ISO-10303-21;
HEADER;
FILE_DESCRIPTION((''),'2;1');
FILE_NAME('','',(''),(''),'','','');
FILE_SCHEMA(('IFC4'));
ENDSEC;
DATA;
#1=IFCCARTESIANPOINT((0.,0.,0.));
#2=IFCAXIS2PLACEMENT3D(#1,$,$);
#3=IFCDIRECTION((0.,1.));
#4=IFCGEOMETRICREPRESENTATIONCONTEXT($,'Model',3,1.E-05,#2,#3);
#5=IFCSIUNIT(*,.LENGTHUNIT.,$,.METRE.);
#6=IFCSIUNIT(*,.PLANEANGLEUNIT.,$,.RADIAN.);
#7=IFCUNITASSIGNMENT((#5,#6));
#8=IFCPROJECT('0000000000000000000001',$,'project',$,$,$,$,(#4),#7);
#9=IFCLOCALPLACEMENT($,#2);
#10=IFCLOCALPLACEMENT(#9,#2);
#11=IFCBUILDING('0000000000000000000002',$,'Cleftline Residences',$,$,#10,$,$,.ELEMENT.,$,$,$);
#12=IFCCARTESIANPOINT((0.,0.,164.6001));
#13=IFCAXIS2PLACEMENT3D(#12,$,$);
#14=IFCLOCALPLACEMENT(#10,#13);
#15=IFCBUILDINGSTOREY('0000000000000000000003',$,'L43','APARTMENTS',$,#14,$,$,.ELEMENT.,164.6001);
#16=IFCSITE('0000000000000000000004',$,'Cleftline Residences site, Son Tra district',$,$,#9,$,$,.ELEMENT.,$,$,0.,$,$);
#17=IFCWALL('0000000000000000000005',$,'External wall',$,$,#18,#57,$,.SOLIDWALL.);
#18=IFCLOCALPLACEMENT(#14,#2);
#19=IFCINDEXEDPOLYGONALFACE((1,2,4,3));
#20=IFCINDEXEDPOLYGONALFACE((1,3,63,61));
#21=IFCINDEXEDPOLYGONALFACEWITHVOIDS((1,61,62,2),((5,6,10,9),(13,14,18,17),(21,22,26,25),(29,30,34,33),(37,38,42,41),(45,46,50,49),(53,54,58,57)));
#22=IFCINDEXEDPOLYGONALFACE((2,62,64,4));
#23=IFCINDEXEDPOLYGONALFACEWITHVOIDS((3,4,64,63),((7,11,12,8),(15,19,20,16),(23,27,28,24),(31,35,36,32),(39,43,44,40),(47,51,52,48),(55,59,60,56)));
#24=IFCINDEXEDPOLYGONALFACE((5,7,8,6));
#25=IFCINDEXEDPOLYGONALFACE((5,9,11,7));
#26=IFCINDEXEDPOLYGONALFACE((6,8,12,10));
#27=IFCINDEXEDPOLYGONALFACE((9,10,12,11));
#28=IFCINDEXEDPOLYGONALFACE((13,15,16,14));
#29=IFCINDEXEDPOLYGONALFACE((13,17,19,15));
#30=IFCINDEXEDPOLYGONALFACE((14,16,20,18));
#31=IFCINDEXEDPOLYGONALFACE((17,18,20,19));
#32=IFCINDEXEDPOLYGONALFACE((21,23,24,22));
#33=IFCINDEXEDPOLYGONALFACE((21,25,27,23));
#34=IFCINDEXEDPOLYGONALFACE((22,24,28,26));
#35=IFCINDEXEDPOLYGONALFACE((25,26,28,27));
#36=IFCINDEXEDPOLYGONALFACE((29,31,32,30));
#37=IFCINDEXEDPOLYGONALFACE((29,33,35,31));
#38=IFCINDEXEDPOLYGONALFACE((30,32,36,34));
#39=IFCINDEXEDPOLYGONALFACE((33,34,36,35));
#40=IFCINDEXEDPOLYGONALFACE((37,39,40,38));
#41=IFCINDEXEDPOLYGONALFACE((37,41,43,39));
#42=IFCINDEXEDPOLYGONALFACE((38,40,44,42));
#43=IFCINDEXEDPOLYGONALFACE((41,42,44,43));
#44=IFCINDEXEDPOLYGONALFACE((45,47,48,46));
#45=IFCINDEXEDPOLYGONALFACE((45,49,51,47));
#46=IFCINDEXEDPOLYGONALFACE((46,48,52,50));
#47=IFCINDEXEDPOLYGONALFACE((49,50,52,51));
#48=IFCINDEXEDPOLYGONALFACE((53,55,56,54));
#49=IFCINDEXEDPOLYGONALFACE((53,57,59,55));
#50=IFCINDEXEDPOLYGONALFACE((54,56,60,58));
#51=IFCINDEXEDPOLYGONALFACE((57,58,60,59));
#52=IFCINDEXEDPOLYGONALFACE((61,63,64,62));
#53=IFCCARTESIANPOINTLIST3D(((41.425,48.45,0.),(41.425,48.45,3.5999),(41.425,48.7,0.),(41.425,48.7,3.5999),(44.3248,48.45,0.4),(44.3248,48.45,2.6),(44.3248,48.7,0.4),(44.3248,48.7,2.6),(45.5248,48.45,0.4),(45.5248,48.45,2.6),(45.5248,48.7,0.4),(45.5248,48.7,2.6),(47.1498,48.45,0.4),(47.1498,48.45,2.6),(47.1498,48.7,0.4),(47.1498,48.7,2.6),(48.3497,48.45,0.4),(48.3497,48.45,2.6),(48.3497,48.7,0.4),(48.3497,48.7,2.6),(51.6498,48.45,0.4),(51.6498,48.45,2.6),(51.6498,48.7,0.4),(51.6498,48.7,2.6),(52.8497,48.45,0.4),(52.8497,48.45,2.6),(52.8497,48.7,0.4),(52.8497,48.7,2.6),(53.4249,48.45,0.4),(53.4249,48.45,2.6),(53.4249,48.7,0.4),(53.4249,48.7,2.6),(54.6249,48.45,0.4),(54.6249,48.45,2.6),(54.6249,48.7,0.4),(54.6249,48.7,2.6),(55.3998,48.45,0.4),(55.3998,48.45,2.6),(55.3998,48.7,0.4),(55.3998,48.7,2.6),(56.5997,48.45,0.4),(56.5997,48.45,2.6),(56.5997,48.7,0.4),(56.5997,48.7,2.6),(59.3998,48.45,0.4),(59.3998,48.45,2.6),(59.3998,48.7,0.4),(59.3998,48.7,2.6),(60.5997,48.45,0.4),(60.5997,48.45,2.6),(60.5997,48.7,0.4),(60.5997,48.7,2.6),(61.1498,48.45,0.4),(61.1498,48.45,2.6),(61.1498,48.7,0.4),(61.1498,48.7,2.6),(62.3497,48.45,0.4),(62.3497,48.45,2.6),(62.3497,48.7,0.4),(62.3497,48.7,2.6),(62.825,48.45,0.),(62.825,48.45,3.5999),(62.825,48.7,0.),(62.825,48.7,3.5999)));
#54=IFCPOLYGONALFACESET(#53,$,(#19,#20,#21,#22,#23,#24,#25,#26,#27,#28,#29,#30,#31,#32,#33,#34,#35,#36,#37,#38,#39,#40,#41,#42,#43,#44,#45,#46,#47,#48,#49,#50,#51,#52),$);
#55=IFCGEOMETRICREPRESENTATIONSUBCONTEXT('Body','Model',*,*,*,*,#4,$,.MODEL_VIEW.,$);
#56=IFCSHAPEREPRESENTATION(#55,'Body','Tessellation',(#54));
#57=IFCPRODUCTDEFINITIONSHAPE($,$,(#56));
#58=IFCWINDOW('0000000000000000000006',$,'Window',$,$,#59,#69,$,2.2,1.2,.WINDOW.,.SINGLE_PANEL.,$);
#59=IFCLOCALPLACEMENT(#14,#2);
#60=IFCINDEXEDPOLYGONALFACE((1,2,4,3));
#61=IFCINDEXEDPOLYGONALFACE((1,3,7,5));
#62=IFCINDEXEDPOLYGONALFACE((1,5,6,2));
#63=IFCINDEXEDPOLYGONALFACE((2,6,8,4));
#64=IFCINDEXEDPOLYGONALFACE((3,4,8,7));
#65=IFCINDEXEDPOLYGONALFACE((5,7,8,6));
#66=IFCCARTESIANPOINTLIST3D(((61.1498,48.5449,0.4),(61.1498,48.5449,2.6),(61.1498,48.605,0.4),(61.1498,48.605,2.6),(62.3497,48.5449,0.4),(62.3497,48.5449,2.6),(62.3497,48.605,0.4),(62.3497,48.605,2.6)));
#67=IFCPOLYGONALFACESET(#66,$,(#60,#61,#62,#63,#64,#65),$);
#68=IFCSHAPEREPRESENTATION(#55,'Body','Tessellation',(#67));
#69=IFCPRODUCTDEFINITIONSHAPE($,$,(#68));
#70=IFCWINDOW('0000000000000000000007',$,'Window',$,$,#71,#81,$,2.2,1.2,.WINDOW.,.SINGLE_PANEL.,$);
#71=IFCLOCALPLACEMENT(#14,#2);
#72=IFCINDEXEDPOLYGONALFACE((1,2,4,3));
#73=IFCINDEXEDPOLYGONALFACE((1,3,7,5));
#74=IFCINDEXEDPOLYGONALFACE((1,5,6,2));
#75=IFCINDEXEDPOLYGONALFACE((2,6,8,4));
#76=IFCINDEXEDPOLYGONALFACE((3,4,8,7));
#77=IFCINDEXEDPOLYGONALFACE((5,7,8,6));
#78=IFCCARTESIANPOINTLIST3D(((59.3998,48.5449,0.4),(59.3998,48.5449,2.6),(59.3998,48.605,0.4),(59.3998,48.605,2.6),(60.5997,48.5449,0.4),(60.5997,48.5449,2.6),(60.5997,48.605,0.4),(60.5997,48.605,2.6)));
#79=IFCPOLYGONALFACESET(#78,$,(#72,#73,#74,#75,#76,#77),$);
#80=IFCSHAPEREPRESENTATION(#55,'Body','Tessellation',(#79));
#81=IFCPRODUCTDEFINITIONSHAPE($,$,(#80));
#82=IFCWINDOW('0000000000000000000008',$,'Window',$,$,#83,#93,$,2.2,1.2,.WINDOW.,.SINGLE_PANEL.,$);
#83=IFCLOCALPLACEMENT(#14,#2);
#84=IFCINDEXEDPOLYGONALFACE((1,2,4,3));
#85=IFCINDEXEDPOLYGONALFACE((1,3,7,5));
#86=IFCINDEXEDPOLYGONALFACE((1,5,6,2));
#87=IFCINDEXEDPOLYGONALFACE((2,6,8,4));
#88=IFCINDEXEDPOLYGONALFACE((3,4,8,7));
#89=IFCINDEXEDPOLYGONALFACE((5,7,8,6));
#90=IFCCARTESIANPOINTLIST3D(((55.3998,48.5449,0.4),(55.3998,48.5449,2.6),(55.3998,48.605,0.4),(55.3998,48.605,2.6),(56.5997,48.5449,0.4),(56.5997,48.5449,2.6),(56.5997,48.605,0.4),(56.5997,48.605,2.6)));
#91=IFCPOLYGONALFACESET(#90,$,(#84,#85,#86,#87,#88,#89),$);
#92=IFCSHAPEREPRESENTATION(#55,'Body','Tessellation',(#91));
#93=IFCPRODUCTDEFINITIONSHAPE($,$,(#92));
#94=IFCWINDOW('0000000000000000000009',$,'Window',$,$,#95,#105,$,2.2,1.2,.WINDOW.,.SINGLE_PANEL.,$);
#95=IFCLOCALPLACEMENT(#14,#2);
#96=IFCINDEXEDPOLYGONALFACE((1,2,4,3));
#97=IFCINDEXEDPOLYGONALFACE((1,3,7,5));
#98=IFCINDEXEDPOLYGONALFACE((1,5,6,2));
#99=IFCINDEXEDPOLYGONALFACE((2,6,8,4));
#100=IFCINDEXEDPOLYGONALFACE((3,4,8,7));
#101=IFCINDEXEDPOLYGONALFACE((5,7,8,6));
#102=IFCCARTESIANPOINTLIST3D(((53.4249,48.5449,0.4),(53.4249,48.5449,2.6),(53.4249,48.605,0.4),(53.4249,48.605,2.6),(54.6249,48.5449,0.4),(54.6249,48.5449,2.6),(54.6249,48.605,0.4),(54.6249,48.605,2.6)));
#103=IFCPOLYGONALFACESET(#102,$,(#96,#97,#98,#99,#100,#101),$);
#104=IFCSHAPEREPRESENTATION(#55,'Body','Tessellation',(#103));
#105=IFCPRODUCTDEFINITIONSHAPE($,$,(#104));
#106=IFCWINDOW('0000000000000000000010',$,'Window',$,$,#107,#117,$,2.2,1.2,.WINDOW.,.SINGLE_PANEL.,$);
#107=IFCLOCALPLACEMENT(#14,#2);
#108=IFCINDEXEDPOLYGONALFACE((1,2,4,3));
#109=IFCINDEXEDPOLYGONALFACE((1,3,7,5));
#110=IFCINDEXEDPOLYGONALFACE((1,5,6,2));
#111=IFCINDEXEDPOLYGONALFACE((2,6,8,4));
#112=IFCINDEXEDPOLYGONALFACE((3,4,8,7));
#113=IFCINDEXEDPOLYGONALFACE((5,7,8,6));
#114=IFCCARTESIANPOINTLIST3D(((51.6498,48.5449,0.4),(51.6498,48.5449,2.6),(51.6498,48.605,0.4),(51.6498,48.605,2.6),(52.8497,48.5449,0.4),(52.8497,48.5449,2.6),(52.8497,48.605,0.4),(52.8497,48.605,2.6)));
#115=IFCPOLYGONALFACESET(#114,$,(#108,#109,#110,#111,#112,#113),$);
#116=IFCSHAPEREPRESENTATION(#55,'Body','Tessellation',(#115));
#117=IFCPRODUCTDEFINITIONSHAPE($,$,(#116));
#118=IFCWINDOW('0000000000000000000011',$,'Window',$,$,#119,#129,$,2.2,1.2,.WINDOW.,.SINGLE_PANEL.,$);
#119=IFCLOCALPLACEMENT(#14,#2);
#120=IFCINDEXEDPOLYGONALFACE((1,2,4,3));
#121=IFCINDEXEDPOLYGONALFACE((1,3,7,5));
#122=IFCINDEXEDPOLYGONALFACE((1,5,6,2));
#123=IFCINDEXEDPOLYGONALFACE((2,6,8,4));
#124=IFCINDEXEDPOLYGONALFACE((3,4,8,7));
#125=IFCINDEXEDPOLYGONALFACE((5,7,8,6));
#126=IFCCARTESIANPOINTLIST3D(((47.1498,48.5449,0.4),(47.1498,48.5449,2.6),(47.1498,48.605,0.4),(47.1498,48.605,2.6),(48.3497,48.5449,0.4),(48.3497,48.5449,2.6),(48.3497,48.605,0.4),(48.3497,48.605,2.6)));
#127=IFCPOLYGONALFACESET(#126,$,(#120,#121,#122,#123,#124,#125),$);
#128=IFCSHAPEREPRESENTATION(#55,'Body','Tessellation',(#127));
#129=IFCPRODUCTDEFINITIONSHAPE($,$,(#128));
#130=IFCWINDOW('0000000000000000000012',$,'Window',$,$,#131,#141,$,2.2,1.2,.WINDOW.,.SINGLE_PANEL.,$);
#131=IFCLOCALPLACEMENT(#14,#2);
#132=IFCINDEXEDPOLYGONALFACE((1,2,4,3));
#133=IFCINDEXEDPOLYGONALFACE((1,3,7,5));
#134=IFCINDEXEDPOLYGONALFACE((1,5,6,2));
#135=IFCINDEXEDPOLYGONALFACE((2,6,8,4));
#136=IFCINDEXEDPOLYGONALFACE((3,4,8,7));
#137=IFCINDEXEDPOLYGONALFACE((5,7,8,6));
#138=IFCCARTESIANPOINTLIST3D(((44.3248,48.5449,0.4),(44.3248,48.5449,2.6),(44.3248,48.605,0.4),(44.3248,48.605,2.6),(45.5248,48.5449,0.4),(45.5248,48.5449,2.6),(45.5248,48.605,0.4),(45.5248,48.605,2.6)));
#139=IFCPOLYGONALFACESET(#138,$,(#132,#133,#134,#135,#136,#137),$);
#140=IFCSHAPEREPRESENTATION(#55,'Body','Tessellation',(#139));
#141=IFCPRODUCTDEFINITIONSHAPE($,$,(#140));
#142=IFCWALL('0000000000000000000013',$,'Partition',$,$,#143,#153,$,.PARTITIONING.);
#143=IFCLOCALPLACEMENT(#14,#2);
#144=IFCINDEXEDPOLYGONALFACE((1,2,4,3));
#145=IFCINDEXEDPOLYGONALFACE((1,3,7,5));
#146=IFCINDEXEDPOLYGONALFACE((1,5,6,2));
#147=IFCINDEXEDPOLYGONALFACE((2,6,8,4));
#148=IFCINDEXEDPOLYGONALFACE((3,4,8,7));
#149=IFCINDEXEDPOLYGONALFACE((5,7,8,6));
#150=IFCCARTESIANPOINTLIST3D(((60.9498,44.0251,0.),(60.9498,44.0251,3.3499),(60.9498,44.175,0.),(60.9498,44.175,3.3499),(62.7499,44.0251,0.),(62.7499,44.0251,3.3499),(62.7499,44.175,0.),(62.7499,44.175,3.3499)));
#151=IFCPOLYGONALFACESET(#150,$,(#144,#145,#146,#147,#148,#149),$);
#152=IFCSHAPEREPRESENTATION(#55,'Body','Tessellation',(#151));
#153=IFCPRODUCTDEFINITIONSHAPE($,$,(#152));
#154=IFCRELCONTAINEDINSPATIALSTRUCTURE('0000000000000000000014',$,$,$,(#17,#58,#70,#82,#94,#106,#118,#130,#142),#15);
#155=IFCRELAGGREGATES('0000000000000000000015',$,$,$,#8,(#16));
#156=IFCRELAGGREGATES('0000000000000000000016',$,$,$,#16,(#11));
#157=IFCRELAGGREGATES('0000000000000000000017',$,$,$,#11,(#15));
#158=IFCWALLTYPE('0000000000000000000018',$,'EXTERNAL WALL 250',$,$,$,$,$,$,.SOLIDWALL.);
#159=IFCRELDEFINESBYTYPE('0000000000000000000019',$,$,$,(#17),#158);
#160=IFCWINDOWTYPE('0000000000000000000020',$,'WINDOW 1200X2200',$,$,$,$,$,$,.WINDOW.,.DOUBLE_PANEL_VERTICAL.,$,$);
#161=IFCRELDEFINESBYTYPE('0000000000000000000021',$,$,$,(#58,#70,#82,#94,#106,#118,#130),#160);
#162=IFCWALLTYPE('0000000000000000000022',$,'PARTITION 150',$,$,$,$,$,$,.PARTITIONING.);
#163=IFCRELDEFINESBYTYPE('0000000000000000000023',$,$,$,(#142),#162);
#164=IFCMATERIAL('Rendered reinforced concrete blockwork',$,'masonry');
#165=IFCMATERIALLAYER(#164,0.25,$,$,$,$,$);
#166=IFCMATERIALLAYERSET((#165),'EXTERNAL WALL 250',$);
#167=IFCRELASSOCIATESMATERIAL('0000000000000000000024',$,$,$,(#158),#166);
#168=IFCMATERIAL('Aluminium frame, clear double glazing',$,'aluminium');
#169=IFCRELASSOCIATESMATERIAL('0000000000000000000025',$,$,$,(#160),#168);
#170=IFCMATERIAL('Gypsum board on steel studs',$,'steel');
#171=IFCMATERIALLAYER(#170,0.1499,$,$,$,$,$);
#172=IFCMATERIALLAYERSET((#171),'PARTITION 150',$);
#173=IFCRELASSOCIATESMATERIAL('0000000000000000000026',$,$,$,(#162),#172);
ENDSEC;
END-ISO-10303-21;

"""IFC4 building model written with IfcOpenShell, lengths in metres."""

from ifc_helpers import new_model, si_unit, direction, frame, frame_2d, origin, place, context, subcontext, project, spatial, rectangle, extrude, material, layer, layer_set, type_object, element, fill, save


model = new_model("IFC4")

# Units and contexts
model_context = context("Model", 3, precision=1e-05, world=origin(), true_north=direction((0.0, 1.0)))
body_context = subcontext(model_context, "Body", "Model", "MODEL_VIEW")
ifc_project = project(units=[si_unit("LENGTHUNIT", "METRE"), si_unit("PLANEANGLEUNIT", "RADIAN")], contexts=[model_context])

# Site, building, storey
site_placement = place(None, origin())
site = spatial("IfcSite", under=ifc_project, at=site_placement, Name="Cleftline Residences site, Son Tra district", CompositionType="ELEMENT", RefElevation=0.0)
building_placement = place(site_placement, origin())
building = spatial("IfcBuilding", under=site, at=building_placement, Name="Cleftline Residences", CompositionType="ELEMENT")
storey_placement = place(building_placement, frame((0.0, 0.0, 164.6001)))
storey = spatial("IfcBuildingStorey", under=building, at=storey_placement, Name="L43", Description="APARTMENTS", CompositionType="ELEMENT", Elevation=164.6001)

# Shared definitions
ifc_material_1 = material(Name="Rendered reinforced concrete blockwork", Category="masonry")
ifc_layer_1 = layer(ifc_material_1, 0.25)
ifc_layer_set_1 = layer_set([ifc_layer_1], Name="EXTERNAL WALL 250")
wall_type_1 = type_object("IfcWallType", Name="EXTERNAL WALL 250", PredefinedType="SOLIDWALL", material=ifc_layer_set_1)

# Wall, openings, windows
wall_1_placement = place(storey_placement, frame((62.825, 48.575, 0.0), z_axis=(0.0, 0.0, 1.0), x_axis=(-1.0, 0.0, 0.0)))
wall_1 = element("IfcWall", 1, at=wall_1_placement, inside=storey, type_object=wall_type_1, Name="External wall", PredefinedType="SOLIDWALL", context=body_context, shape_type="SweptSolid", body=[
    extrude(rectangle(XDim=21.3999, YDim=0.25, at=frame_2d((10.7, 0.0))), origin(), (0.0, 0.0, 1.0), 3.5999),
])
opening_1_placement = place(wall_1_placement, frame((0.4751, 0.0, 0.3999)))
opening_1 = element("IfcOpeningElement", 2, at=opening_1_placement, cuts=wall_1, PredefinedType="OPENING", context=body_context, shape_type="SweptSolid", body=[
    extrude(rectangle(XDim=1.2, YDim=2.2, at=frame_2d((0.6001, 1.1001))), frame((0.0, 0.135, 0.0), z_axis=(0.0, -1.0, 0.0), x_axis=(1.0, 0.0, 0.0)), (0.0, 0.0, 1.0), 0.27),
])
opening_2_placement = place(wall_1_placement, frame((2.2251, 0.0, 0.3999)))
opening_2 = element("IfcOpeningElement", 3, at=opening_2_placement, cuts=wall_1, PredefinedType="OPENING", context=body_context, shape_type="SweptSolid", body=[
    extrude(rectangle(XDim=1.2, YDim=2.2, at=frame_2d((0.6001, 1.1001))), frame((0.0, 0.135, 0.0), z_axis=(0.0, -1.0, 0.0), x_axis=(1.0, 0.0, 0.0)), (0.0, 0.0, 1.0), 0.27),
])
opening_3_placement = place(wall_1_placement, frame((6.2251, 0.0, 0.3999)))
opening_3 = element("IfcOpeningElement", 4, at=opening_3_placement, cuts=wall_1, PredefinedType="OPENING", context=body_context, shape_type="SweptSolid", body=[
    extrude(rectangle(XDim=1.2, YDim=2.2, at=frame_2d((0.6001, 1.1001))), frame((0.0, 0.135, 0.0), z_axis=(0.0, -1.0, 0.0), x_axis=(1.0, 0.0, 0.0)), (0.0, 0.0, 1.0), 0.27),
])
opening_4_placement = place(wall_1_placement, frame((8.2, 0.0, 0.3999)))
opening_4 = element("IfcOpeningElement", 5, at=opening_4_placement, cuts=wall_1, PredefinedType="OPENING", context=body_context, shape_type="SweptSolid", body=[
    extrude(rectangle(XDim=1.2, YDim=2.2, at=frame_2d((0.6001, 1.1001))), frame((0.0, 0.135, 0.0), z_axis=(0.0, -1.0, 0.0), x_axis=(1.0, 0.0, 0.0)), (0.0, 0.0, 1.0), 0.27),
])
opening_5_placement = place(wall_1_placement, frame((9.9751, 0.0, 0.3999)))
opening_5 = element("IfcOpeningElement", 6, at=opening_5_placement, cuts=wall_1, PredefinedType="OPENING", context=body_context, shape_type="SweptSolid", body=[
    extrude(rectangle(XDim=1.2, YDim=2.2, at=frame_2d((0.6001, 1.1001))), frame((0.0, 0.135, 0.0), z_axis=(0.0, -1.0, 0.0), x_axis=(1.0, 0.0, 0.0)), (0.0, 0.0, 1.0), 0.27),
])
opening_6_placement = place(wall_1_placement, frame((14.4751, 0.0, 0.3999)))
opening_6 = element("IfcOpeningElement", 7, at=opening_6_placement, cuts=wall_1, PredefinedType="OPENING", context=body_context, shape_type="SweptSolid", body=[
    extrude(rectangle(XDim=1.2, YDim=2.2, at=frame_2d((0.6001, 1.1001))), frame((0.0, 0.135, 0.0), z_axis=(0.0, -1.0, 0.0), x_axis=(1.0, 0.0, 0.0)), (0.0, 0.0, 1.0), 0.27),
])
opening_7_placement = place(wall_1_placement, frame((17.3, 0.0, 0.3999)))
opening_7 = element("IfcOpeningElement", 8, at=opening_7_placement, cuts=wall_1, PredefinedType="OPENING", context=body_context, shape_type="SweptSolid", body=[
    extrude(rectangle(XDim=1.2, YDim=2.2, at=frame_2d((0.6001, 1.1001))), frame((0.0, 0.135, 0.0), z_axis=(0.0, -1.0, 0.0), x_axis=(1.0, 0.0, 0.0)), (0.0, 0.0, 1.0), 0.27),
])
ifc_material_2 = material(Name="Aluminium frame, clear double glazing", Category="aluminium")
window_type_1 = type_object("IfcWindowType", Name="WINDOW 1200X2200", PartitioningType="DOUBLE_PANEL_VERTICAL", PredefinedType="WINDOW", material=ifc_material_2)
window_1_placement = place(opening_1_placement, origin())
window_1 = element("IfcWindow", 9, at=window_1_placement, inside=storey, type_object=window_type_1, Name="Window", OverallHeight=2.2, OverallWidth=1.2, PartitioningType="SINGLE_PANEL", PredefinedType="WINDOW", context=body_context, shape_type="SweptSolid", body=[
    extrude(rectangle(XDim=1.2, YDim=2.2, at=frame_2d((0.6001, 1.1001))), frame((0.0, 0.03, 0.0), z_axis=(0.0, -1.0, 0.0), x_axis=(1.0, 0.0, 0.0)), (0.0, 0.0, 1.0), 0.0601),
])
fill(opening_1, window_1)
window_2_placement = place(opening_2_placement, origin())
window_2 = element("IfcWindow", 10, at=window_2_placement, inside=storey, type_object=window_type_1, Name="Window", OverallHeight=2.2, OverallWidth=1.2, PartitioningType="SINGLE_PANEL", PredefinedType="WINDOW", context=body_context, shape_type="SweptSolid", body=[
    extrude(rectangle(XDim=1.2, YDim=2.2, at=frame_2d((0.6001, 1.1001))), frame((0.0, 0.03, 0.0), z_axis=(0.0, -1.0, 0.0), x_axis=(1.0, 0.0, 0.0)), (0.0, 0.0, 1.0), 0.0601),
])
fill(opening_2, window_2)
window_3_placement = place(opening_3_placement, origin())
window_3 = element("IfcWindow", 11, at=window_3_placement, inside=storey, type_object=window_type_1, Name="Window", OverallHeight=2.2, OverallWidth=1.2, PartitioningType="SINGLE_PANEL", PredefinedType="WINDOW", context=body_context, shape_type="SweptSolid", body=[
    extrude(rectangle(XDim=1.2, YDim=2.2, at=frame_2d((0.6001, 1.1001))), frame((0.0, 0.03, 0.0), z_axis=(0.0, -1.0, 0.0), x_axis=(1.0, 0.0, 0.0)), (0.0, 0.0, 1.0), 0.0601),
])
fill(opening_3, window_3)
window_4_placement = place(opening_4_placement, origin())
window_4 = element("IfcWindow", 12, at=window_4_placement, inside=storey, type_object=window_type_1, Name="Window", OverallHeight=2.2, OverallWidth=1.2, PartitioningType="SINGLE_PANEL", PredefinedType="WINDOW", context=body_context, shape_type="SweptSolid", body=[
    extrude(rectangle(XDim=1.2, YDim=2.2, at=frame_2d((0.6001, 1.1001))), frame((0.0, 0.03, 0.0), z_axis=(0.0, -1.0, 0.0), x_axis=(1.0, 0.0, 0.0)), (0.0, 0.0, 1.0), 0.0601),
])
fill(opening_4, window_4)
window_5_placement = place(opening_5_placement, origin())
window_5 = element("IfcWindow", 13, at=window_5_placement, inside=storey, type_object=window_type_1, Name="Window", OverallHeight=2.2, OverallWidth=1.2, PartitioningType="SINGLE_PANEL", PredefinedType="WINDOW", context=body_context, shape_type="SweptSolid", body=[
    extrude(rectangle(XDim=1.2, YDim=2.2, at=frame_2d((0.6001, 1.1001))), frame((0.0, 0.03, 0.0), z_axis=(0.0, -1.0, 0.0), x_axis=(1.0, 0.0, 0.0)), (0.0, 0.0, 1.0), 0.0601),
])
fill(opening_5, window_5)
window_6_placement = place(opening_6_placement, origin())
window_6 = element("IfcWindow", 14, at=window_6_placement, inside=storey, type_object=window_type_1, Name="Window", OverallHeight=2.2, OverallWidth=1.2, PartitioningType="SINGLE_PANEL", PredefinedType="WINDOW", context=body_context, shape_type="SweptSolid", body=[
    extrude(rectangle(XDim=1.2, YDim=2.2, at=frame_2d((0.6001, 1.1001))), frame((0.0, 0.03, 0.0), z_axis=(0.0, -1.0, 0.0), x_axis=(1.0, 0.0, 0.0)), (0.0, 0.0, 1.0), 0.0601),
])
fill(opening_6, window_6)
window_7_placement = place(opening_7_placement, origin())
window_7 = element("IfcWindow", 15, at=window_7_placement, inside=storey, type_object=window_type_1, Name="Window", OverallHeight=2.2, OverallWidth=1.2, PartitioningType="SINGLE_PANEL", PredefinedType="WINDOW", context=body_context, shape_type="SweptSolid", body=[
    extrude(rectangle(XDim=1.2, YDim=2.2, at=frame_2d((0.6001, 1.1001))), frame((0.0, 0.03, 0.0), z_axis=(0.0, -1.0, 0.0), x_axis=(1.0, 0.0, 0.0)), (0.0, 0.0, 1.0), 0.0601),
])
fill(opening_7, window_7)

# Wall
ifc_material_3 = material(Name="Gypsum board on steel studs", Category="steel")
ifc_layer_2 = layer(ifc_material_3, 0.1499)
ifc_layer_set_2 = layer_set([ifc_layer_2], Name="PARTITION 150")
wall_type_2 = type_object("IfcWallType", Name="PARTITION 150", PredefinedType="PARTITIONING", material=ifc_layer_set_2)
wall_2_placement = place(storey_placement, frame((60.95, 44.1001, 0.0), z_axis=(0.0, 0.0, 1.0), x_axis=(1.0, 0.0, 0.0)))
element("IfcWall", 16, at=wall_2_placement, inside=storey, type_object=wall_type_2, Name="Partition", PredefinedType="PARTITIONING", context=body_context, shape_type="SweptSolid", body=[
    extrude(rectangle(XDim=1.8, YDim=0.1499, at=frame_2d((0.8999, 0.0))), origin(), (0.0, 0.0, 1.0), 3.3499),
])

save(model, "model.ifc")
